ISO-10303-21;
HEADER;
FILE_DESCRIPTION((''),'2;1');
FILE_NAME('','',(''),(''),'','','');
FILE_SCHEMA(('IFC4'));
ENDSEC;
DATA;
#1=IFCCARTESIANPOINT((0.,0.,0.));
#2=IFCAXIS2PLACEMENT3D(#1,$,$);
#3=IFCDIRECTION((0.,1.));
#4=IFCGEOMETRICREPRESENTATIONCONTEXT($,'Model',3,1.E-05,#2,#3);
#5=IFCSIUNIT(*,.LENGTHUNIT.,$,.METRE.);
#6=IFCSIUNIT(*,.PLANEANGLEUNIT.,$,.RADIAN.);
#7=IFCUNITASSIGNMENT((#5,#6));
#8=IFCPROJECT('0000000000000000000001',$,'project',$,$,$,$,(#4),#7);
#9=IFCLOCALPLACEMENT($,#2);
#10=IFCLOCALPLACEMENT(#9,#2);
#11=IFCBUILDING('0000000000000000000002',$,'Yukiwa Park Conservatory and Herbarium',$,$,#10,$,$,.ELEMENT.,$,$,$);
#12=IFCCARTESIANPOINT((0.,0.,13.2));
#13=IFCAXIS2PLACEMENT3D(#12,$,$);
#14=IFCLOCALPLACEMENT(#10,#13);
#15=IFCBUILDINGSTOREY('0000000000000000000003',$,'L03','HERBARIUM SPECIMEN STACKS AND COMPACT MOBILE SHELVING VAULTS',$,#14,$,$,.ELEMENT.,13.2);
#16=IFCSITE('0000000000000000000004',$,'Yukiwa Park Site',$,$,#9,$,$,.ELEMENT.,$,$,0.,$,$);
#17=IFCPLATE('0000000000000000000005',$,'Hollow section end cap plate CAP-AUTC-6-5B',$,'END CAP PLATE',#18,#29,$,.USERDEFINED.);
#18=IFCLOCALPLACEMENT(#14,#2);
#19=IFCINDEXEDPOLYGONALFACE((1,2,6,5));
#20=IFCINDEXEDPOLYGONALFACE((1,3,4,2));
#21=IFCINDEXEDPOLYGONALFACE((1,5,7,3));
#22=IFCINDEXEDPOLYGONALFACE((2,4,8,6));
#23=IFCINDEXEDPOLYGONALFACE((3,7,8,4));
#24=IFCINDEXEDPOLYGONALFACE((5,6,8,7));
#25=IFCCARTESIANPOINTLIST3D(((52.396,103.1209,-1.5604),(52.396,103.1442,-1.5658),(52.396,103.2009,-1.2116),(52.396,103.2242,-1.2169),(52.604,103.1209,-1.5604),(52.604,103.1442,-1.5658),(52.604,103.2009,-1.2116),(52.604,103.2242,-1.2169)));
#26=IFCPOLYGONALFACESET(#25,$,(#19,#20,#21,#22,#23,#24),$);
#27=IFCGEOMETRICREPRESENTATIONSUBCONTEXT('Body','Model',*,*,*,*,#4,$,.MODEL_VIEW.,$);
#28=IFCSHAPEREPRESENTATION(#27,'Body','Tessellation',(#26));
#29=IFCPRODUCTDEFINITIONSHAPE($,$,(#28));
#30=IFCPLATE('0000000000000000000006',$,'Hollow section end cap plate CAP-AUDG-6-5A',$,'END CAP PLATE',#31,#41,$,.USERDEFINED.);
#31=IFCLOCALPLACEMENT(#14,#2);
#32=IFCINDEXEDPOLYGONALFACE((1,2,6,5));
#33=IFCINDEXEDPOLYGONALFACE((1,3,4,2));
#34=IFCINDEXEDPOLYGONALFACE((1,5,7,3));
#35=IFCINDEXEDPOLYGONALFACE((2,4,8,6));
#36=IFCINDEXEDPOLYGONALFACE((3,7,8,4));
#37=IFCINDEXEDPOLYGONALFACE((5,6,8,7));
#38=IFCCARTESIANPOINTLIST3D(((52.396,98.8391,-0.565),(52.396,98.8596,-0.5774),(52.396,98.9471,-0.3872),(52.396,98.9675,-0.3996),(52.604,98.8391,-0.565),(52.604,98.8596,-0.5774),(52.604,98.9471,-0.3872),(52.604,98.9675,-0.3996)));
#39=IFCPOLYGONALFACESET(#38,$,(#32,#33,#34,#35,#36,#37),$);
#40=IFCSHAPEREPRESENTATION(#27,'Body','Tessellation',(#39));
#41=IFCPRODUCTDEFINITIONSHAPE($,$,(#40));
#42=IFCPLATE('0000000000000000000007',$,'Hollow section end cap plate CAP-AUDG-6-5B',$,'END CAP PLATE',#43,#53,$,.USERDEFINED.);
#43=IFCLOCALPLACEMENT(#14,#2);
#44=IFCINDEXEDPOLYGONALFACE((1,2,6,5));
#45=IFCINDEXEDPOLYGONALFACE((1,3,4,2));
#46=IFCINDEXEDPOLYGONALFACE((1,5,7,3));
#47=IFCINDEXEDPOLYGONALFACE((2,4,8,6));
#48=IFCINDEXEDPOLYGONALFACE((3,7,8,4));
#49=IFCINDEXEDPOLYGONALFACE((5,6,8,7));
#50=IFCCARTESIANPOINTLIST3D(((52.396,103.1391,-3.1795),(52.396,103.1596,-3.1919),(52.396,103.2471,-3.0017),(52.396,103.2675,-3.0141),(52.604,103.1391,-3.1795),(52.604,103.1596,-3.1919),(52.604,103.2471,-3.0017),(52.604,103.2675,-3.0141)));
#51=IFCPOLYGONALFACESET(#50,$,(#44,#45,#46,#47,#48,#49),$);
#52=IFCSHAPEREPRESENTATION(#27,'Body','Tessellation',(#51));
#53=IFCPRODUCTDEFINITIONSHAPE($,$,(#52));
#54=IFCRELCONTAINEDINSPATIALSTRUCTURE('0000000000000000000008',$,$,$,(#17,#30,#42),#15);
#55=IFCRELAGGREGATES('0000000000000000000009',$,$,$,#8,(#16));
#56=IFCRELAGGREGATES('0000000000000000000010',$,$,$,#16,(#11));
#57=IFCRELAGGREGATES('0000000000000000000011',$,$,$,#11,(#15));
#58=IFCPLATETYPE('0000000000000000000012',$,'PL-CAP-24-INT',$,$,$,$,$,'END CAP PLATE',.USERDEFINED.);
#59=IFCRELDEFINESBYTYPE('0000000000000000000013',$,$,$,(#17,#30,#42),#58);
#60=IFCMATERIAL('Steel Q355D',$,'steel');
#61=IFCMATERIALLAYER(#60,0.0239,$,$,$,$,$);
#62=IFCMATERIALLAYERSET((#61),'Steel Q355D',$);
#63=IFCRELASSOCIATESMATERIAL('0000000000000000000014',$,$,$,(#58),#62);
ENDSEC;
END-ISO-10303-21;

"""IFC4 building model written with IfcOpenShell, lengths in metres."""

from ifc_helpers import new_model, si_unit, direction, frame, origin, origin_2d, place, context, subcontext, project, spatial, rectangle, extrude, material, layer, layer_set, type_object, element, save


model = new_model("IFC4")

# Units and contexts
model_context = context("Model", 3, precision=1e-05, world=origin(), true_north=direction((0.0, 1.0)))
body_context = subcontext(model_context, "Body", "Model", "MODEL_VIEW")
ifc_project = project(units=[si_unit("LENGTHUNIT", "METRE"), si_unit("PLANEANGLEUNIT", "RADIAN")], contexts=[model_context])

# Site, building, storey
site_placement = place(None, origin())
site = spatial("IfcSite", under=ifc_project, at=site_placement, Name="Yukiwa Park Site", CompositionType="ELEMENT", RefElevation=0.0)
building_placement = place(site_placement, origin())
building = spatial("IfcBuilding", under=site, at=building_placement, Name="Yukiwa Park Conservatory and Herbarium", CompositionType="ELEMENT")
storey_placement = place(building_placement, frame((0.0, 0.0, 13.2)))
storey = spatial("IfcBuildingStorey", under=building, at=storey_placement, Name="L03", Description="HERBARIUM SPECIMEN STACKS AND COMPACT MOBILE SHELVING VAULTS", CompositionType="ELEMENT", Elevation=13.2)

# Plates
ifc_material_1 = material(Name="Steel Q355D", Category="steel")
ifc_layer = layer(ifc_material_1, 0.0239)
ifc_layer_set = layer_set([ifc_layer], Name="Steel Q355D")
plate_type = type_object("IfcPlateType", Name="PL-CAP-24-INT", ElementType="END CAP PLATE", PredefinedType="USERDEFINED", material=ifc_layer_set)
for number, where, z_axis, x_axis, name in (
    (1, (52.5, 103.1609, -1.386), (0.0, 0.974732, -0.223376), (-1.0, 0.0, 0.0), "Hollow section end cap plate CAP-AUTC-6-5B"),
):
    element("IfcPlate", number, at=place(storey_placement, frame(where, z_axis=z_axis, x_axis=x_axis)), inside=storey, type_object=plate_type, Name=name, ObjectType="END CAP PLATE", PredefinedType="USERDEFINED", context=body_context, shape_type="SweptSolid", body=[
        extrude(rectangle(XDim=0.208, YDim=0.3579, at=origin_2d()), origin(), (0.0, 0.0, 1.0), 0.0239),
    ])
for number, where, z_axis, x_axis, name in (
    (2, (52.5, 98.9136, -0.4885), (0.0, -0.854788, 0.518978), (1.0, 0.0, 0.0), "Hollow section end cap plate CAP-AUDG-6-5A"),
    (3, (52.5, 103.1931, -3.0906), (0.0, 0.854788, -0.518978), (-1.0, 0.0, 0.0), "Hollow section end cap plate CAP-AUDG-6-5B"),
):
    element("IfcPlate", number, at=place(storey_placement, frame(where, z_axis=z_axis, x_axis=x_axis)), inside=storey, type_object=plate_type, Name=name, ObjectType="END CAP PLATE", PredefinedType="USERDEFINED", context=body_context, shape_type="SweptSolid", body=[
        extrude(rectangle(XDim=0.208, YDim=0.208, at=origin_2d()), origin(), (0.0, 0.0, 1.0), 0.0239),
    ])

save(model, "model.ifc")
